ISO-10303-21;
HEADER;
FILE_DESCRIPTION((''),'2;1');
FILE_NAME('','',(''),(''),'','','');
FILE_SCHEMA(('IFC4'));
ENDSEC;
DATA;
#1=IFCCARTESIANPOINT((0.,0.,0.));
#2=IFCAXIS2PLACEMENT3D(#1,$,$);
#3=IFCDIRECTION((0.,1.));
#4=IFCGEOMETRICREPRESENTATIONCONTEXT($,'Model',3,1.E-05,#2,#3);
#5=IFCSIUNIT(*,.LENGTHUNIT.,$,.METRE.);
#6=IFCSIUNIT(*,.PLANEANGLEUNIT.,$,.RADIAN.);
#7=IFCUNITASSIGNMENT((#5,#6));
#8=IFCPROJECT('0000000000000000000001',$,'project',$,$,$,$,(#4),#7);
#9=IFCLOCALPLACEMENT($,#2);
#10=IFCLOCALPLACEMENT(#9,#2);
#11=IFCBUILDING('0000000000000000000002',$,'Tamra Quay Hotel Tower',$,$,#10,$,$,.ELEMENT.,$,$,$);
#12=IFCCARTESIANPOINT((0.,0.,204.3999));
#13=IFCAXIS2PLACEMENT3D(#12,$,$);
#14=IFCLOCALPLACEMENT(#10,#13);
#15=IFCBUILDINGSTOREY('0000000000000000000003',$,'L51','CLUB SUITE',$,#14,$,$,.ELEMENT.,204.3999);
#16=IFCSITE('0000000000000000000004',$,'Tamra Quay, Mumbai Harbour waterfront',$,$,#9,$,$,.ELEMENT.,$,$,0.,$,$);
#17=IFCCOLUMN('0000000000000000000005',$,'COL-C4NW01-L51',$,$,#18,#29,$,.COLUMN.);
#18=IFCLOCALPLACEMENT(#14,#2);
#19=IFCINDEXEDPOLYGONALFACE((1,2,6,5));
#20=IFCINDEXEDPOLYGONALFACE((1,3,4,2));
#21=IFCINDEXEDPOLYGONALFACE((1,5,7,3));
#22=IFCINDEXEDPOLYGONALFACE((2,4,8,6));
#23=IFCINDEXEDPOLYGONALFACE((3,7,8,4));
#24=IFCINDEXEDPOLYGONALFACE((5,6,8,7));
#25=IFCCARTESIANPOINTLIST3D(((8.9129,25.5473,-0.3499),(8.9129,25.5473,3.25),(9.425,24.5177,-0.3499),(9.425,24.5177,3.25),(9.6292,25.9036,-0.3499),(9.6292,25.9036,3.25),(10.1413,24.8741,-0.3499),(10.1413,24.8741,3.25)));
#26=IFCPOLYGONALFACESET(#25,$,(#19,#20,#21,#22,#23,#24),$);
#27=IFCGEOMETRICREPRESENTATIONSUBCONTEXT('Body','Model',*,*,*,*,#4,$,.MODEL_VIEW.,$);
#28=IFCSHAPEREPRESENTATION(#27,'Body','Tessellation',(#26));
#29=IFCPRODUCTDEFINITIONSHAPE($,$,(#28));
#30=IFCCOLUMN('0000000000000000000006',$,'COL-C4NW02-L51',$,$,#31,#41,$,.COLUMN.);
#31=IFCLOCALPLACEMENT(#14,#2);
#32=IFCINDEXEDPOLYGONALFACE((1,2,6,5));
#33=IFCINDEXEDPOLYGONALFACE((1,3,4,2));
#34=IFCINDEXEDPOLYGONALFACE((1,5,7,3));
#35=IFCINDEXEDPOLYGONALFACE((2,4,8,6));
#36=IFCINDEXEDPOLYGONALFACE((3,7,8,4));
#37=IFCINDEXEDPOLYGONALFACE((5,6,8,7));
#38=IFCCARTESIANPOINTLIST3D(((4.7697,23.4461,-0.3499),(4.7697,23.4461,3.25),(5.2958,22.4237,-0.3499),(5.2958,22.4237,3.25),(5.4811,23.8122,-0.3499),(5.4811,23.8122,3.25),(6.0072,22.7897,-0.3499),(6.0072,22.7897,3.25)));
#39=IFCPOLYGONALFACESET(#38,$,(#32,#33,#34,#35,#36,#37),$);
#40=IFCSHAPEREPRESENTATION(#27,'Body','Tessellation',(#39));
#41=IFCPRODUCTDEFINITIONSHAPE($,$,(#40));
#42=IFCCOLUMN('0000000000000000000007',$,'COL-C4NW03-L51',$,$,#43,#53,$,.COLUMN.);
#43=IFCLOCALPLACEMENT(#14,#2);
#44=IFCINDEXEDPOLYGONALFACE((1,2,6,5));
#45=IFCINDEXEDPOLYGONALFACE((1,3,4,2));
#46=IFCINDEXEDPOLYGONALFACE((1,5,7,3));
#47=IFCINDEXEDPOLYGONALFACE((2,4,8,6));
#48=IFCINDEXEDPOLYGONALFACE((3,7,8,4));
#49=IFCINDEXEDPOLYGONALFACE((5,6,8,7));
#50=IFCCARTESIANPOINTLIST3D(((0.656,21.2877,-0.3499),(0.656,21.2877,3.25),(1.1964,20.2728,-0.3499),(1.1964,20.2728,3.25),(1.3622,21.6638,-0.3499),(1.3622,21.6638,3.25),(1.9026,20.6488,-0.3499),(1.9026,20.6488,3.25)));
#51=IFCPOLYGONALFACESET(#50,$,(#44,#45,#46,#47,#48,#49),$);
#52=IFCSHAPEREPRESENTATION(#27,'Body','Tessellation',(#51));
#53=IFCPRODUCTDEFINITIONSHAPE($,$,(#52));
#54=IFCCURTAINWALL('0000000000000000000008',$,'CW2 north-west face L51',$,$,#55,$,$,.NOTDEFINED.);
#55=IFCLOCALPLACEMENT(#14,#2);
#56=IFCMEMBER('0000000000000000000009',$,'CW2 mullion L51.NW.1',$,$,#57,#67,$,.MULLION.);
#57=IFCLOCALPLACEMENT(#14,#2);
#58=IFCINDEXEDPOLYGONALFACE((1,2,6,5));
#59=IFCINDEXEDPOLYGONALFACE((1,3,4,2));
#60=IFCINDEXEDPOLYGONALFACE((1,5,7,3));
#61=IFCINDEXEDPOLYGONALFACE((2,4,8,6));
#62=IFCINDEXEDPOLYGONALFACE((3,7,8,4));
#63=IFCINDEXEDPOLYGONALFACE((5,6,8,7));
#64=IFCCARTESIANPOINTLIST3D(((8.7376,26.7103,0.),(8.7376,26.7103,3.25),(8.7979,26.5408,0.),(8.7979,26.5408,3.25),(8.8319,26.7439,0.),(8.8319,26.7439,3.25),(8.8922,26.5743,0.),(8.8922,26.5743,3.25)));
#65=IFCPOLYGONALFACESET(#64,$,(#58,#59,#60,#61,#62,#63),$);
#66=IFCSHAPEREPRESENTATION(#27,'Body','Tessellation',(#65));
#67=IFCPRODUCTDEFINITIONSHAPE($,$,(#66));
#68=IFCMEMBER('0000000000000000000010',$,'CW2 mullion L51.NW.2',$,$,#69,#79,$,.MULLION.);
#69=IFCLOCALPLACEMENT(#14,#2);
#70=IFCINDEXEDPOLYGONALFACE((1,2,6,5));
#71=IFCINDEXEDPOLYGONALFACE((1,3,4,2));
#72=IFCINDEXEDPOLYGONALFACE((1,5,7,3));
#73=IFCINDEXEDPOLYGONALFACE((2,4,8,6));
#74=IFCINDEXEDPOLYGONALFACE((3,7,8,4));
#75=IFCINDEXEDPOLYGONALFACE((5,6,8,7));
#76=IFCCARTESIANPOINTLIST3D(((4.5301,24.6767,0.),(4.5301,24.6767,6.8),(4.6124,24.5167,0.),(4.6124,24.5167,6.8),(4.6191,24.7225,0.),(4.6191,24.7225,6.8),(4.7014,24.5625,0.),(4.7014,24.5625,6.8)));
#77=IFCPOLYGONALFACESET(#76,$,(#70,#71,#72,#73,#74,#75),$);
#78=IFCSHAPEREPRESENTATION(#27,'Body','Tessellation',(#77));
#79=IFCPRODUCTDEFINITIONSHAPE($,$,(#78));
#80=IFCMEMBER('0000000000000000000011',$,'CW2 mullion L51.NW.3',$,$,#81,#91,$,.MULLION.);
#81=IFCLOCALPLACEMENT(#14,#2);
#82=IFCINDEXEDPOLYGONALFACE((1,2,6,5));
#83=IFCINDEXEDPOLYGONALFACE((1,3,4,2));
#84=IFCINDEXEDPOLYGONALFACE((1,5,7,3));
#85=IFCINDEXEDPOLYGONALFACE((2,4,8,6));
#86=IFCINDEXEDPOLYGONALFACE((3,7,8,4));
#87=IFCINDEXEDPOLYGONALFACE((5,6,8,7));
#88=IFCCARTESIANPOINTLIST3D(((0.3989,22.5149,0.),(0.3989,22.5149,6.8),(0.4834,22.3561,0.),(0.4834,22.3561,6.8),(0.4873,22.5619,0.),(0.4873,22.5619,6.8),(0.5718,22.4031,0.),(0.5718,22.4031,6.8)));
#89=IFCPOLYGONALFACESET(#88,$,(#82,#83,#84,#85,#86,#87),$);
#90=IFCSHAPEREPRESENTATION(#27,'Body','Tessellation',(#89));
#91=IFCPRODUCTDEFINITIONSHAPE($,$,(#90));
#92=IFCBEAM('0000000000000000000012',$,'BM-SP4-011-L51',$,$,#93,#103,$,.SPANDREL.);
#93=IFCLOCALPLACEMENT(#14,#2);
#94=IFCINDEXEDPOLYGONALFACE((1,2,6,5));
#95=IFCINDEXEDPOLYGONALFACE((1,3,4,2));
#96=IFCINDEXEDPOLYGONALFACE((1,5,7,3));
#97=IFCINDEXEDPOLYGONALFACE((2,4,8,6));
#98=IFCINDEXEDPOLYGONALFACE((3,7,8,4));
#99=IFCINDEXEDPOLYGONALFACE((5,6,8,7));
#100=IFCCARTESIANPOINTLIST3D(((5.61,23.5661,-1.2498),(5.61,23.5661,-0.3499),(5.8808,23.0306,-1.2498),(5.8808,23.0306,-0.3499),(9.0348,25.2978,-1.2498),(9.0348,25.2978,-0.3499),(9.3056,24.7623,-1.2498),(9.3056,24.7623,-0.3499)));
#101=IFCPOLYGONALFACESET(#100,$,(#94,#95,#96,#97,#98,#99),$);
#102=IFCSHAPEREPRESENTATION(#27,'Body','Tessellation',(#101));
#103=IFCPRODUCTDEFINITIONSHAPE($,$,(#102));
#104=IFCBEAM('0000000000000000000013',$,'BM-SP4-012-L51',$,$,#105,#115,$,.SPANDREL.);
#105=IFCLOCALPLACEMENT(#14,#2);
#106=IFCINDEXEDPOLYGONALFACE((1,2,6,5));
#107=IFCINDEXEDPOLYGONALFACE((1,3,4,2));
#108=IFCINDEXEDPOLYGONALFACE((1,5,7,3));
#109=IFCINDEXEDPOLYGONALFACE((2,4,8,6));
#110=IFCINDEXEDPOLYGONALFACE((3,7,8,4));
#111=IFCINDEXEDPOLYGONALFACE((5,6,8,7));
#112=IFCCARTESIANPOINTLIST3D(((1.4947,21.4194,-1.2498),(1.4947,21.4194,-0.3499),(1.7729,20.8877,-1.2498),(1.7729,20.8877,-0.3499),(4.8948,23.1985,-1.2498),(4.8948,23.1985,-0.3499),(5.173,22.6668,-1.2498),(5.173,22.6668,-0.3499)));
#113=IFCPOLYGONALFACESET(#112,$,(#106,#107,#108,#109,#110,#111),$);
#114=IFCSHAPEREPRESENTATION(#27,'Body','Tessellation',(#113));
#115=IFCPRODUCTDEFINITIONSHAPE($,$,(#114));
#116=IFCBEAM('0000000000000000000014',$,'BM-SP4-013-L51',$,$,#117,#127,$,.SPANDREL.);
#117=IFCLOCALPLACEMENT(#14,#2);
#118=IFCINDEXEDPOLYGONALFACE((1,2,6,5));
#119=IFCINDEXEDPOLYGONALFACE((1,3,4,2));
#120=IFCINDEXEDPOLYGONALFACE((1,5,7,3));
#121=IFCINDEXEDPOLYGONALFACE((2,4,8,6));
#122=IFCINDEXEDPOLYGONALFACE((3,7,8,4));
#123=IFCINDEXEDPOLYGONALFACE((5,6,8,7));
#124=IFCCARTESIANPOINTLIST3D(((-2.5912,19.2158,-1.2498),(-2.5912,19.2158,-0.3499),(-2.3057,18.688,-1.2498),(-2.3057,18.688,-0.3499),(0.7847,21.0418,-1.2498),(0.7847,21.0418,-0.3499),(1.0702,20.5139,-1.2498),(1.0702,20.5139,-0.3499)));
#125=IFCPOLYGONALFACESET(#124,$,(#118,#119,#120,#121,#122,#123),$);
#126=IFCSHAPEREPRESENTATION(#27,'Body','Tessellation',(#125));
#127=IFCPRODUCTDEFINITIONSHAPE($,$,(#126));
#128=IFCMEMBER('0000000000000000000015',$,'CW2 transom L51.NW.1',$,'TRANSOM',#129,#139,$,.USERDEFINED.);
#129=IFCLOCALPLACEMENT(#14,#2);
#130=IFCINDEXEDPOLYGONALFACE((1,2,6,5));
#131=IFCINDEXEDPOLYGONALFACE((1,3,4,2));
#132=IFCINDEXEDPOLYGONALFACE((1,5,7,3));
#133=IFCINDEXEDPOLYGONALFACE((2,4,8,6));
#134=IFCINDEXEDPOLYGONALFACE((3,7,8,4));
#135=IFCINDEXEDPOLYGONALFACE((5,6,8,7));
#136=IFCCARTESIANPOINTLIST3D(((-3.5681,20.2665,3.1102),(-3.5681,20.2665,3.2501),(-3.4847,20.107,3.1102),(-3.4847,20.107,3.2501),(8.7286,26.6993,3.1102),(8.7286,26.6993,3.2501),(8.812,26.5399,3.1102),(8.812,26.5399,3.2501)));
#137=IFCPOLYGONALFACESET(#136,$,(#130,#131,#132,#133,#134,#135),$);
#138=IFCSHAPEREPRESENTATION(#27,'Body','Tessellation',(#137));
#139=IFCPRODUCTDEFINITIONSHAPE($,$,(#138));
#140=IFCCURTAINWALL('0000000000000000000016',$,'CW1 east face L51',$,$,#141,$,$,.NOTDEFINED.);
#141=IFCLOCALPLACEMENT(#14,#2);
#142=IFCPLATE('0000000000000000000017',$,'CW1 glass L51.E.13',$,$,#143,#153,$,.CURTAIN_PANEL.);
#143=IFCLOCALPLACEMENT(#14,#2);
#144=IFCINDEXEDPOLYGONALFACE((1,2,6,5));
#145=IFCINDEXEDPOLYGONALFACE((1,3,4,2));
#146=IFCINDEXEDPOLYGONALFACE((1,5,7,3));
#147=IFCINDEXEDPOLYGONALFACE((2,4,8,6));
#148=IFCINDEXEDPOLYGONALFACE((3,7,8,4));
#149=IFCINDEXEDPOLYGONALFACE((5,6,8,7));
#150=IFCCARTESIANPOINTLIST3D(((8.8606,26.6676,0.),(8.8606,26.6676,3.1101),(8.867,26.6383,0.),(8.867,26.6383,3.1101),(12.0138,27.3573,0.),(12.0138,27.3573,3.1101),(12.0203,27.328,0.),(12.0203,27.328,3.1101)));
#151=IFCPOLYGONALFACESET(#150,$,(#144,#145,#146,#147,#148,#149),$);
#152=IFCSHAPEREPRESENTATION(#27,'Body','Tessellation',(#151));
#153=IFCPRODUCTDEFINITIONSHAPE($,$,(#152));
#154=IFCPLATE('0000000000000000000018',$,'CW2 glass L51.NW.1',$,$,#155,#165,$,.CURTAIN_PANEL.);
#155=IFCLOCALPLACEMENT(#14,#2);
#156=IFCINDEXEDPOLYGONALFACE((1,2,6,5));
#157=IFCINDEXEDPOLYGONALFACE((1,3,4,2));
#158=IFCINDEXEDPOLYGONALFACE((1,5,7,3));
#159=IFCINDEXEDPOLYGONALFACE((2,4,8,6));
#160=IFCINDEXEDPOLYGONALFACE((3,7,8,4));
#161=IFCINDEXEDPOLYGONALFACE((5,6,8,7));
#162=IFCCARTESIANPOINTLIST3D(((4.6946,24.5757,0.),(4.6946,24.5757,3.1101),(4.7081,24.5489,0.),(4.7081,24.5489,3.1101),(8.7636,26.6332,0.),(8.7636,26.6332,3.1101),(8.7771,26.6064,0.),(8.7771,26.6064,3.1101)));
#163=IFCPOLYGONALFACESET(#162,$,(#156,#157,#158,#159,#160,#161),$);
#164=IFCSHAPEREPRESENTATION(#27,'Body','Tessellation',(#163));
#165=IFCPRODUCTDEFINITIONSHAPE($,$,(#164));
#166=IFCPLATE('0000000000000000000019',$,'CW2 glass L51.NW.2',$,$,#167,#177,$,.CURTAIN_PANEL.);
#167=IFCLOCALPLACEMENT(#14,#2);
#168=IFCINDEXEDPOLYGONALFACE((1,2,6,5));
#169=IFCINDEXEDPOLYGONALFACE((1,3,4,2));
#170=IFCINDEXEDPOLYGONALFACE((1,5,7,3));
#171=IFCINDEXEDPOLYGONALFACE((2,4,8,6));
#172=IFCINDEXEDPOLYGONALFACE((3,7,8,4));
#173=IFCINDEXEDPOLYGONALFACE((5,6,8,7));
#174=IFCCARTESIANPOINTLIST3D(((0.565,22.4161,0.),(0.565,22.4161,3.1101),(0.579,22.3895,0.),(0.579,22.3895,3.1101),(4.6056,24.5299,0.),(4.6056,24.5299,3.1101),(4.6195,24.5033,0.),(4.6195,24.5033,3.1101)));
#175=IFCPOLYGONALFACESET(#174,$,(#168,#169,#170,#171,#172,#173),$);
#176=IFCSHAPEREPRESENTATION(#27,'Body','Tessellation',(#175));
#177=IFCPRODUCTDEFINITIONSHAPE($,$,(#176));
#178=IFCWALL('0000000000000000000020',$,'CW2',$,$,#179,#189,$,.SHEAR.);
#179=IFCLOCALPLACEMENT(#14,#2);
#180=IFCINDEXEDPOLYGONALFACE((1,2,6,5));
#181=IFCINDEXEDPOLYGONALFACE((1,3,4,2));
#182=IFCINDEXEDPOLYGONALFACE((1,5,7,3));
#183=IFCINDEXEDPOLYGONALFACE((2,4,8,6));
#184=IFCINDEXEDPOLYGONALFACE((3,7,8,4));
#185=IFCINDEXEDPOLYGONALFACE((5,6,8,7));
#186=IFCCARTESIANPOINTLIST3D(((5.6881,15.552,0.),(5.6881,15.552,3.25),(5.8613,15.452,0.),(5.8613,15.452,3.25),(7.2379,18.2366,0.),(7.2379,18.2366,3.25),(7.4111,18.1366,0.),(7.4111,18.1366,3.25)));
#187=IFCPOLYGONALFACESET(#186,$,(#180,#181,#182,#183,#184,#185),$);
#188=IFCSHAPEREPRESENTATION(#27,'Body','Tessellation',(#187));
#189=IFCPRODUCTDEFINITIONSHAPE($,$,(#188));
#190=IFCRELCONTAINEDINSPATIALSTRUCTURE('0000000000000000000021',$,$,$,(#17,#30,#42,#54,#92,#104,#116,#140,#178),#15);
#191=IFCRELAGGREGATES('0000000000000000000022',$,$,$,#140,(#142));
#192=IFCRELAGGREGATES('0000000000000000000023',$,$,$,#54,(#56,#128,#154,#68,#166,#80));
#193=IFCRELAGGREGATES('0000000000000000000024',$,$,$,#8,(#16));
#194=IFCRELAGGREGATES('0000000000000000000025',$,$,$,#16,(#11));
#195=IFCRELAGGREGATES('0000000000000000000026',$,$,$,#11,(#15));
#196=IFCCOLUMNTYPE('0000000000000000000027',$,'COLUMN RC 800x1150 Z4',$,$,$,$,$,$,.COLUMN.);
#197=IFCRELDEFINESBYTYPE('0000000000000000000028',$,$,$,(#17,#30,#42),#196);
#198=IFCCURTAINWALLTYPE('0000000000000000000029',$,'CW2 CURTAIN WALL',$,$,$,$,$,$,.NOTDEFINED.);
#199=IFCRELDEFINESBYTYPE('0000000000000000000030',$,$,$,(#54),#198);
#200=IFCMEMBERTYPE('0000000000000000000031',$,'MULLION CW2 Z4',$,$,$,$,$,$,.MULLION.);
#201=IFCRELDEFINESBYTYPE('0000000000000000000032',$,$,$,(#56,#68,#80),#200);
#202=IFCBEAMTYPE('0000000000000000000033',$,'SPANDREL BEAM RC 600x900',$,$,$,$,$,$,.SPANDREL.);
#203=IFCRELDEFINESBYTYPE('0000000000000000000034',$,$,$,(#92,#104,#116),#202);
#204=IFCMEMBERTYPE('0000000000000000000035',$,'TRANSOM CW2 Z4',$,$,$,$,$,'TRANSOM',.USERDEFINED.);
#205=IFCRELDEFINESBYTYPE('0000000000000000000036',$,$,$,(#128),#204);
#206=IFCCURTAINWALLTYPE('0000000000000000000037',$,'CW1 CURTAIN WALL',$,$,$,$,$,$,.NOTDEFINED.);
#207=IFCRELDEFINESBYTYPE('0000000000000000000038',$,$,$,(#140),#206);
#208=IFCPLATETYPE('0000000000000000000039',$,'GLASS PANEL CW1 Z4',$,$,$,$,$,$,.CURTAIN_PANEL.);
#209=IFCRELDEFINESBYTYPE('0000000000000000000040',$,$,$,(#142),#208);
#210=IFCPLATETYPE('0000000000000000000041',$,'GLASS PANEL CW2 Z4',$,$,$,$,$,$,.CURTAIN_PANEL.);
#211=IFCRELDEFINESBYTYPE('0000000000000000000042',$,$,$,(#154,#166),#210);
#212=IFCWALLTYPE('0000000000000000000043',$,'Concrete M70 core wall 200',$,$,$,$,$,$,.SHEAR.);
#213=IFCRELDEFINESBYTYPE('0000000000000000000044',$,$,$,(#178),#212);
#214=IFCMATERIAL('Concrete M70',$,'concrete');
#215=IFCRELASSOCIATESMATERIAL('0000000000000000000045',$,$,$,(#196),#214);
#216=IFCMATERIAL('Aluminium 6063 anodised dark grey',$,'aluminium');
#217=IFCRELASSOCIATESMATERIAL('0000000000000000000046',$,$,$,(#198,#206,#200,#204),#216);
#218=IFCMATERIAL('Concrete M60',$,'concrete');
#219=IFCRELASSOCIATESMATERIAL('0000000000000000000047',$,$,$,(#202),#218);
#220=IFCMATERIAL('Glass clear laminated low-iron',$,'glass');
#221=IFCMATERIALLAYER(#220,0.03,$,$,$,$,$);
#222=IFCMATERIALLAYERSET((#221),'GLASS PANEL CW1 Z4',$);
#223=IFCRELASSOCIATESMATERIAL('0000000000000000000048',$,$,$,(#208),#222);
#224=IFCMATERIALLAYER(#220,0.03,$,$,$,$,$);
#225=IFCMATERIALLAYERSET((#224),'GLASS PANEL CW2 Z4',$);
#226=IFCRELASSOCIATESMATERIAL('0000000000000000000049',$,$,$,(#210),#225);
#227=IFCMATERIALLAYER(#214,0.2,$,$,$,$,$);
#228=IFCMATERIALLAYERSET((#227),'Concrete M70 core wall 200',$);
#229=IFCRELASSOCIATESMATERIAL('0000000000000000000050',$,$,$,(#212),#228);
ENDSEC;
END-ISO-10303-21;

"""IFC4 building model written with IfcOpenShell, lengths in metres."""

from ifc_helpers import new_model, si_unit, direction, frame, frame_2d, origin, origin_2d, place, context, subcontext, project, spatial, rectangle, extrude, material, layer, layer_set, material_profile, profile_set, type_object, element, aggregate, save


model = new_model("IFC4")

# Units and contexts
model_context = context("Model", 3, precision=1e-05, world=origin(), true_north=direction((0.0, 1.0)))
body_context = subcontext(model_context, "Body", "Model", "MODEL_VIEW")
ifc_project = project(units=[si_unit("LENGTHUNIT", "METRE"), si_unit("PLANEANGLEUNIT", "RADIAN")], contexts=[model_context])

# Site, building, storey
site_placement = place(None, origin())
site = spatial("IfcSite", under=ifc_project, at=site_placement, Name="Tamra Quay, Mumbai Harbour waterfront", CompositionType="ELEMENT", RefElevation=0.0)
building_placement = place(site_placement, origin())
building = spatial("IfcBuilding", under=site, at=building_placement, Name="Tamra Quay Hotel Tower", CompositionType="ELEMENT")
storey_placement = place(building_placement, frame((0.0, 0.0, 204.3999)))
storey = spatial("IfcBuildingStorey", under=building, at=storey_placement, Name="L51", Description="CLUB SUITE", CompositionType="ELEMENT", Elevation=204.3999)

# Columns
ifc_material_1 = material(Name="Concrete M70", Category="concrete")
ifc_material_profile_1 = material_profile(ifc_material_1, rectangle(XDim=1.1499, YDim=0.8, at=origin_2d()), Name="COLUMN RC 800x1150 Z4")
ifc_profile_set_1 = profile_set([ifc_material_profile_1], Name="Concrete M70")
column_type = type_object("IfcColumnType", Name="COLUMN RC 800x1150 Z4", PredefinedType="COLUMN", material=ifc_profile_set_1)
for number, where, z_axis, x_axis, name in (
    (1, (9.5271, 25.2107, -0.3499), (0.0, 0.0, 1.0), (-0.445415, 0.895324, 0.0), "COL-C4NW01-L51"),
    (2, (5.3884, 23.1179, -0.3499), (0.0, 0.0, 1.0), (-0.457548, 0.889185, 0.0), "COL-C4NW02-L51"),
    (3, (1.2793, 20.9683, -0.3499), (0.0, 0.0, 1.0), (-0.470002, 0.882666, 0.0), "COL-C4NW03-L51"),
):
    element("IfcColumn", number, at=place(storey_placement, frame(where, z_axis=z_axis, x_axis=x_axis)), inside=storey, type_object=column_type, Name=name, PredefinedType="COLUMN", context=body_context, shape_type="SweptSolid", body=[
        extrude(rectangle(XDim=1.1499, YDim=0.8, at=origin_2d()), origin(), (0.0, 0.0, 1.0), 3.5999),
    ])

# Curtain wall, members
ifc_material_2 = material(Name="Aluminium 6063 anodised dark grey", Category="aluminium")
curtain_wall_type_1 = type_object("IfcCurtainWallType", Name="CW2 CURTAIN WALL", PredefinedType="NOTDEFINED", material=ifc_material_2)
curtain_wall_1_placement = place(storey_placement, origin())
curtain_wall_1 = element("IfcCurtainWall", 4, at=curtain_wall_1_placement, inside=storey, type_object=curtain_wall_type_1, Name="CW2 north-west face L51", PredefinedType="NOTDEFINED")
ifc_material_profile_2 = material_profile(ifc_material_2, rectangle(XDim=0.1799, YDim=0.1001, at=origin_2d()), Name="MULLION 100X180")
ifc_profile_set_2 = profile_set([ifc_material_profile_2], Name="Aluminium 6063 anodised dark grey")
member_type_1 = type_object("IfcMemberType", Name="MULLION CW2 Z4", PredefinedType="MULLION", material=ifc_profile_set_2)
member_1_placement = place(storey_placement, frame((8.8149, 26.6423, 0.0), z_axis=(0.0, 0.0, 1.0), x_axis=(-0.335128, 0.942173, 0.0)))
member_1 = element("IfcMember", 5, at=member_1_placement, type_object=member_type_1, Name="CW2 mullion L51.NW.1", PredefinedType="MULLION", context=body_context, shape_type="SweptSolid", body=[
    extrude(rectangle(XDim=0.1799, YDim=0.1001, at=origin_2d()), origin(), (0.0, 0.0, 1.0), 3.25),
])
member_2_placement = place(storey_placement, frame((4.6157, 24.6196, 0.0), z_axis=(0.0, 0.0, 1.0), x_axis=(-0.457401, 0.889261, 0.0)))
member_2 = element("IfcMember", 6, at=member_2_placement, type_object=member_type_1, Name="CW2 mullion L51.NW.2", PredefinedType="MULLION", context=body_context, shape_type="SweptSolid", body=[
    extrude(rectangle(XDim=0.1799, YDim=0.1001, at=origin_2d()), origin(), (0.0, 0.0, 1.0), 6.8),
])
member_3_placement = place(storey_placement, frame((0.4854, 22.459, 0.0), z_axis=(0.0, 0.0, 1.0), x_axis=(-0.469668, 0.882843, 0.0)))
member_3 = element("IfcMember", 7, at=member_3_placement, type_object=member_type_1, Name="CW2 mullion L51.NW.3", PredefinedType="MULLION", context=body_context, shape_type="SweptSolid", body=[
    extrude(rectangle(XDim=0.1799, YDim=0.1001, at=origin_2d()), origin(), (0.0, 0.0, 1.0), 6.8),
])

# Beams
ifc_material_3 = material(Name="Concrete M60", Category="concrete")
ifc_material_profile_3 = material_profile(ifc_material_3, rectangle(XDim=0.6001, YDim=0.8999, at=origin_2d()), Name="SPANDREL BEAM RC 600x900")
ifc_profile_set_3 = profile_set([ifc_material_profile_3], Name="Concrete M60")
beam_type = type_object("IfcBeamType", Name="SPANDREL BEAM RC 600x900", PredefinedType="SPANDREL", material=ifc_profile_set_3)
beam_1_placement = place(storey_placement, frame((9.1702, 25.03, -0.7998), z_axis=(-0.892408, -0.45123, 0.0), x_axis=(0.45123, -0.892408, 0.0)))
element("IfcBeam", 8, at=beam_1_placement, inside=storey, type_object=beam_type, Name="BM-SP4-011-L51", PredefinedType="SPANDREL", context=body_context, shape_type="SweptSolid", body=[
    extrude(rectangle(XDim=0.6001, YDim=0.8999, at=origin_2d()), origin(), (0.0, 0.0, 1.0), 3.8376),
])
beam_2_placement = place(storey_placement, frame((5.0339, 22.9326, -0.7998), z_axis=(-0.886043, -0.463603, 0.0), x_axis=(0.463603, -0.886043, 0.0)))
element("IfcBeam", 9, at=beam_2_placement, inside=storey, type_object=beam_type, Name="BM-SP4-012-L51", PredefinedType="SPANDREL", context=body_context, shape_type="SweptSolid", body=[
    extrude(rectangle(XDim=0.6001, YDim=0.8999, at=origin_2d()), origin(), (0.0, 0.0, 1.0), 3.8374),
])
beam_3_placement = place(storey_placement, frame((0.9275, 20.7778, -0.7998), z_axis=(-0.879589, -0.475734, 0.0), x_axis=(0.475734, -0.879589, 0.0)))
element("IfcBeam", 10, at=beam_3_placement, inside=storey, type_object=beam_type, Name="BM-SP4-013-L51", PredefinedType="SPANDREL", context=body_context, shape_type="SweptSolid", body=[
    extrude(rectangle(XDim=0.6001, YDim=0.8999, at=origin_2d()), origin(), (0.0, 0.0, 1.0), 3.8381),
])

# Member
ifc_material_profile_4 = material_profile(ifc_material_2, rectangle(XDim=0.1799, YDim=0.1399, at=origin_2d()), Name="TRANSOM 180X140")
ifc_profile_set_4 = profile_set([ifc_material_profile_4], Name="Aluminium 6063 anodised dark grey")
member_type_2 = type_object("IfcMemberType", Name="TRANSOM CW2 Z4", ElementType="TRANSOM", PredefinedType="USERDEFINED", material=ifc_profile_set_4)
member_4_placement = place(storey_placement, frame((8.7703, 26.6196, 3.1802), z_axis=(-0.886075, -0.463542, 0.0), x_axis=(0.463542, -0.886075, 0.0)))
member_4 = element("IfcMember", 11, at=member_4_placement, type_object=member_type_2, Name="CW2 transom L51.NW.1", ObjectType="TRANSOM", PredefinedType="USERDEFINED", context=body_context, shape_type="SweptSolid", body=[
    extrude(rectangle(XDim=0.1799, YDim=0.1399, at=origin_2d()), origin(), (0.0, 0.0, 1.0), 13.8777),
])

# Curtain wall, plate
curtain_wall_type_2 = type_object("IfcCurtainWallType", Name="CW1 CURTAIN WALL", PredefinedType="NOTDEFINED", material=ifc_material_2)
curtain_wall_2_placement = place(storey_placement, origin())
curtain_wall_2 = element("IfcCurtainWall", 12, at=curtain_wall_2_placement, inside=storey, type_object=curtain_wall_type_2, Name="CW1 east face L51", PredefinedType="NOTDEFINED")
ifc_material_4 = material(Name="Glass clear laminated low-iron", Category="glass")
ifc_layer_1 = layer(ifc_material_4, 0.03)
ifc_layer_set_1 = layer_set([ifc_layer_1], Name="GLASS PANEL CW1 Z4")
plate_type_1 = type_object("IfcPlateType", Name="GLASS PANEL CW1 Z4", PredefinedType="CURTAIN_PANEL", material=ifc_layer_set_1)
plate_1_placement = place(storey_placement, frame((10.4404, 26.9978, 0.0), z_axis=(0.0, 0.0, 1.0), x_axis=(-0.976906, -0.213669, 0.0)))
plate_1 = element("IfcPlate", 13, at=plate_1_placement, type_object=plate_type_1, Name="CW1 glass L51.E.13", PredefinedType="CURTAIN_PANEL", context=body_context, shape_type="SweptSolid", body=[
    extrude(rectangle(XDim=3.2278, YDim=0.03, at=origin_2d()), origin(), (0.0, 0.0, 1.0), 3.1101),
])
aggregate(curtain_wall_2, [plate_1])

# Plates
ifc_layer_2 = layer(ifc_material_4, 0.03)
ifc_layer_set_2 = layer_set([ifc_layer_2], Name="GLASS PANEL CW2 Z4")
plate_type_2 = type_object("IfcPlateType", Name="GLASS PANEL CW2 Z4", PredefinedType="CURTAIN_PANEL", material=ifc_layer_set_2)
plate_2_placement = place(storey_placement, frame((6.7358, 25.5911, 0.0), z_axis=(0.0, 0.0, 1.0), x_axis=(-0.892403, -0.451239, 0.0)))
plate_2 = element("IfcPlate", 14, at=plate_2_placement, type_object=plate_type_2, Name="CW2 glass L51.NW.1", PredefinedType="CURTAIN_PANEL", context=body_context, shape_type="SweptSolid", body=[
    extrude(rectangle(XDim=4.5596, YDim=0.03, at=origin_2d()), origin(), (0.0, 0.0, 1.0), 3.1101),
])
plate_3_placement = place(storey_placement, frame((2.5923, 23.4597, 0.0), z_axis=(0.0, 0.0, 1.0), x_axis=(-0.886076, -0.463541, 0.0)))
plate_3 = element("IfcPlate", 15, at=plate_3_placement, type_object=plate_type_2, Name="CW2 glass L51.NW.2", PredefinedType="CURTAIN_PANEL", context=body_context, shape_type="SweptSolid", body=[
    extrude(rectangle(XDim=4.5601, YDim=0.03, at=origin_2d()), origin(), (0.0, 0.0, 1.0), 3.1101),
])
aggregate(curtain_wall_1, [member_1, member_4, plate_2, member_2, plate_3, member_3])

# Wall
ifc_layer_3 = layer(ifc_material_1, 0.2)
ifc_layer_set_3 = layer_set([ifc_layer_3], Name="Concrete M70 core wall 200")
wall_type_1 = type_object("IfcWallType", Name="Concrete M70 core wall 200", PredefinedType="SHEAR", material=ifc_layer_set_3)
wall_1_placement = place(storey_placement, frame((7.3245, 18.1865, 0.0), z_axis=(0.0, 0.0, 1.0), x_axis=(-0.499968, -0.866044, 0.0)))
element("IfcWall", 16, at=wall_1_placement, inside=storey, type_object=wall_type_1, Name="CW2", PredefinedType="SHEAR", context=body_context, shape_type="SweptSolid", body=[
    extrude(rectangle(XDim=3.0999, YDim=0.2, at=frame_2d((1.5498, 0.0))), origin(), (0.0, 0.0, 1.0), 3.25),
])

save(model, "model.ifc")
